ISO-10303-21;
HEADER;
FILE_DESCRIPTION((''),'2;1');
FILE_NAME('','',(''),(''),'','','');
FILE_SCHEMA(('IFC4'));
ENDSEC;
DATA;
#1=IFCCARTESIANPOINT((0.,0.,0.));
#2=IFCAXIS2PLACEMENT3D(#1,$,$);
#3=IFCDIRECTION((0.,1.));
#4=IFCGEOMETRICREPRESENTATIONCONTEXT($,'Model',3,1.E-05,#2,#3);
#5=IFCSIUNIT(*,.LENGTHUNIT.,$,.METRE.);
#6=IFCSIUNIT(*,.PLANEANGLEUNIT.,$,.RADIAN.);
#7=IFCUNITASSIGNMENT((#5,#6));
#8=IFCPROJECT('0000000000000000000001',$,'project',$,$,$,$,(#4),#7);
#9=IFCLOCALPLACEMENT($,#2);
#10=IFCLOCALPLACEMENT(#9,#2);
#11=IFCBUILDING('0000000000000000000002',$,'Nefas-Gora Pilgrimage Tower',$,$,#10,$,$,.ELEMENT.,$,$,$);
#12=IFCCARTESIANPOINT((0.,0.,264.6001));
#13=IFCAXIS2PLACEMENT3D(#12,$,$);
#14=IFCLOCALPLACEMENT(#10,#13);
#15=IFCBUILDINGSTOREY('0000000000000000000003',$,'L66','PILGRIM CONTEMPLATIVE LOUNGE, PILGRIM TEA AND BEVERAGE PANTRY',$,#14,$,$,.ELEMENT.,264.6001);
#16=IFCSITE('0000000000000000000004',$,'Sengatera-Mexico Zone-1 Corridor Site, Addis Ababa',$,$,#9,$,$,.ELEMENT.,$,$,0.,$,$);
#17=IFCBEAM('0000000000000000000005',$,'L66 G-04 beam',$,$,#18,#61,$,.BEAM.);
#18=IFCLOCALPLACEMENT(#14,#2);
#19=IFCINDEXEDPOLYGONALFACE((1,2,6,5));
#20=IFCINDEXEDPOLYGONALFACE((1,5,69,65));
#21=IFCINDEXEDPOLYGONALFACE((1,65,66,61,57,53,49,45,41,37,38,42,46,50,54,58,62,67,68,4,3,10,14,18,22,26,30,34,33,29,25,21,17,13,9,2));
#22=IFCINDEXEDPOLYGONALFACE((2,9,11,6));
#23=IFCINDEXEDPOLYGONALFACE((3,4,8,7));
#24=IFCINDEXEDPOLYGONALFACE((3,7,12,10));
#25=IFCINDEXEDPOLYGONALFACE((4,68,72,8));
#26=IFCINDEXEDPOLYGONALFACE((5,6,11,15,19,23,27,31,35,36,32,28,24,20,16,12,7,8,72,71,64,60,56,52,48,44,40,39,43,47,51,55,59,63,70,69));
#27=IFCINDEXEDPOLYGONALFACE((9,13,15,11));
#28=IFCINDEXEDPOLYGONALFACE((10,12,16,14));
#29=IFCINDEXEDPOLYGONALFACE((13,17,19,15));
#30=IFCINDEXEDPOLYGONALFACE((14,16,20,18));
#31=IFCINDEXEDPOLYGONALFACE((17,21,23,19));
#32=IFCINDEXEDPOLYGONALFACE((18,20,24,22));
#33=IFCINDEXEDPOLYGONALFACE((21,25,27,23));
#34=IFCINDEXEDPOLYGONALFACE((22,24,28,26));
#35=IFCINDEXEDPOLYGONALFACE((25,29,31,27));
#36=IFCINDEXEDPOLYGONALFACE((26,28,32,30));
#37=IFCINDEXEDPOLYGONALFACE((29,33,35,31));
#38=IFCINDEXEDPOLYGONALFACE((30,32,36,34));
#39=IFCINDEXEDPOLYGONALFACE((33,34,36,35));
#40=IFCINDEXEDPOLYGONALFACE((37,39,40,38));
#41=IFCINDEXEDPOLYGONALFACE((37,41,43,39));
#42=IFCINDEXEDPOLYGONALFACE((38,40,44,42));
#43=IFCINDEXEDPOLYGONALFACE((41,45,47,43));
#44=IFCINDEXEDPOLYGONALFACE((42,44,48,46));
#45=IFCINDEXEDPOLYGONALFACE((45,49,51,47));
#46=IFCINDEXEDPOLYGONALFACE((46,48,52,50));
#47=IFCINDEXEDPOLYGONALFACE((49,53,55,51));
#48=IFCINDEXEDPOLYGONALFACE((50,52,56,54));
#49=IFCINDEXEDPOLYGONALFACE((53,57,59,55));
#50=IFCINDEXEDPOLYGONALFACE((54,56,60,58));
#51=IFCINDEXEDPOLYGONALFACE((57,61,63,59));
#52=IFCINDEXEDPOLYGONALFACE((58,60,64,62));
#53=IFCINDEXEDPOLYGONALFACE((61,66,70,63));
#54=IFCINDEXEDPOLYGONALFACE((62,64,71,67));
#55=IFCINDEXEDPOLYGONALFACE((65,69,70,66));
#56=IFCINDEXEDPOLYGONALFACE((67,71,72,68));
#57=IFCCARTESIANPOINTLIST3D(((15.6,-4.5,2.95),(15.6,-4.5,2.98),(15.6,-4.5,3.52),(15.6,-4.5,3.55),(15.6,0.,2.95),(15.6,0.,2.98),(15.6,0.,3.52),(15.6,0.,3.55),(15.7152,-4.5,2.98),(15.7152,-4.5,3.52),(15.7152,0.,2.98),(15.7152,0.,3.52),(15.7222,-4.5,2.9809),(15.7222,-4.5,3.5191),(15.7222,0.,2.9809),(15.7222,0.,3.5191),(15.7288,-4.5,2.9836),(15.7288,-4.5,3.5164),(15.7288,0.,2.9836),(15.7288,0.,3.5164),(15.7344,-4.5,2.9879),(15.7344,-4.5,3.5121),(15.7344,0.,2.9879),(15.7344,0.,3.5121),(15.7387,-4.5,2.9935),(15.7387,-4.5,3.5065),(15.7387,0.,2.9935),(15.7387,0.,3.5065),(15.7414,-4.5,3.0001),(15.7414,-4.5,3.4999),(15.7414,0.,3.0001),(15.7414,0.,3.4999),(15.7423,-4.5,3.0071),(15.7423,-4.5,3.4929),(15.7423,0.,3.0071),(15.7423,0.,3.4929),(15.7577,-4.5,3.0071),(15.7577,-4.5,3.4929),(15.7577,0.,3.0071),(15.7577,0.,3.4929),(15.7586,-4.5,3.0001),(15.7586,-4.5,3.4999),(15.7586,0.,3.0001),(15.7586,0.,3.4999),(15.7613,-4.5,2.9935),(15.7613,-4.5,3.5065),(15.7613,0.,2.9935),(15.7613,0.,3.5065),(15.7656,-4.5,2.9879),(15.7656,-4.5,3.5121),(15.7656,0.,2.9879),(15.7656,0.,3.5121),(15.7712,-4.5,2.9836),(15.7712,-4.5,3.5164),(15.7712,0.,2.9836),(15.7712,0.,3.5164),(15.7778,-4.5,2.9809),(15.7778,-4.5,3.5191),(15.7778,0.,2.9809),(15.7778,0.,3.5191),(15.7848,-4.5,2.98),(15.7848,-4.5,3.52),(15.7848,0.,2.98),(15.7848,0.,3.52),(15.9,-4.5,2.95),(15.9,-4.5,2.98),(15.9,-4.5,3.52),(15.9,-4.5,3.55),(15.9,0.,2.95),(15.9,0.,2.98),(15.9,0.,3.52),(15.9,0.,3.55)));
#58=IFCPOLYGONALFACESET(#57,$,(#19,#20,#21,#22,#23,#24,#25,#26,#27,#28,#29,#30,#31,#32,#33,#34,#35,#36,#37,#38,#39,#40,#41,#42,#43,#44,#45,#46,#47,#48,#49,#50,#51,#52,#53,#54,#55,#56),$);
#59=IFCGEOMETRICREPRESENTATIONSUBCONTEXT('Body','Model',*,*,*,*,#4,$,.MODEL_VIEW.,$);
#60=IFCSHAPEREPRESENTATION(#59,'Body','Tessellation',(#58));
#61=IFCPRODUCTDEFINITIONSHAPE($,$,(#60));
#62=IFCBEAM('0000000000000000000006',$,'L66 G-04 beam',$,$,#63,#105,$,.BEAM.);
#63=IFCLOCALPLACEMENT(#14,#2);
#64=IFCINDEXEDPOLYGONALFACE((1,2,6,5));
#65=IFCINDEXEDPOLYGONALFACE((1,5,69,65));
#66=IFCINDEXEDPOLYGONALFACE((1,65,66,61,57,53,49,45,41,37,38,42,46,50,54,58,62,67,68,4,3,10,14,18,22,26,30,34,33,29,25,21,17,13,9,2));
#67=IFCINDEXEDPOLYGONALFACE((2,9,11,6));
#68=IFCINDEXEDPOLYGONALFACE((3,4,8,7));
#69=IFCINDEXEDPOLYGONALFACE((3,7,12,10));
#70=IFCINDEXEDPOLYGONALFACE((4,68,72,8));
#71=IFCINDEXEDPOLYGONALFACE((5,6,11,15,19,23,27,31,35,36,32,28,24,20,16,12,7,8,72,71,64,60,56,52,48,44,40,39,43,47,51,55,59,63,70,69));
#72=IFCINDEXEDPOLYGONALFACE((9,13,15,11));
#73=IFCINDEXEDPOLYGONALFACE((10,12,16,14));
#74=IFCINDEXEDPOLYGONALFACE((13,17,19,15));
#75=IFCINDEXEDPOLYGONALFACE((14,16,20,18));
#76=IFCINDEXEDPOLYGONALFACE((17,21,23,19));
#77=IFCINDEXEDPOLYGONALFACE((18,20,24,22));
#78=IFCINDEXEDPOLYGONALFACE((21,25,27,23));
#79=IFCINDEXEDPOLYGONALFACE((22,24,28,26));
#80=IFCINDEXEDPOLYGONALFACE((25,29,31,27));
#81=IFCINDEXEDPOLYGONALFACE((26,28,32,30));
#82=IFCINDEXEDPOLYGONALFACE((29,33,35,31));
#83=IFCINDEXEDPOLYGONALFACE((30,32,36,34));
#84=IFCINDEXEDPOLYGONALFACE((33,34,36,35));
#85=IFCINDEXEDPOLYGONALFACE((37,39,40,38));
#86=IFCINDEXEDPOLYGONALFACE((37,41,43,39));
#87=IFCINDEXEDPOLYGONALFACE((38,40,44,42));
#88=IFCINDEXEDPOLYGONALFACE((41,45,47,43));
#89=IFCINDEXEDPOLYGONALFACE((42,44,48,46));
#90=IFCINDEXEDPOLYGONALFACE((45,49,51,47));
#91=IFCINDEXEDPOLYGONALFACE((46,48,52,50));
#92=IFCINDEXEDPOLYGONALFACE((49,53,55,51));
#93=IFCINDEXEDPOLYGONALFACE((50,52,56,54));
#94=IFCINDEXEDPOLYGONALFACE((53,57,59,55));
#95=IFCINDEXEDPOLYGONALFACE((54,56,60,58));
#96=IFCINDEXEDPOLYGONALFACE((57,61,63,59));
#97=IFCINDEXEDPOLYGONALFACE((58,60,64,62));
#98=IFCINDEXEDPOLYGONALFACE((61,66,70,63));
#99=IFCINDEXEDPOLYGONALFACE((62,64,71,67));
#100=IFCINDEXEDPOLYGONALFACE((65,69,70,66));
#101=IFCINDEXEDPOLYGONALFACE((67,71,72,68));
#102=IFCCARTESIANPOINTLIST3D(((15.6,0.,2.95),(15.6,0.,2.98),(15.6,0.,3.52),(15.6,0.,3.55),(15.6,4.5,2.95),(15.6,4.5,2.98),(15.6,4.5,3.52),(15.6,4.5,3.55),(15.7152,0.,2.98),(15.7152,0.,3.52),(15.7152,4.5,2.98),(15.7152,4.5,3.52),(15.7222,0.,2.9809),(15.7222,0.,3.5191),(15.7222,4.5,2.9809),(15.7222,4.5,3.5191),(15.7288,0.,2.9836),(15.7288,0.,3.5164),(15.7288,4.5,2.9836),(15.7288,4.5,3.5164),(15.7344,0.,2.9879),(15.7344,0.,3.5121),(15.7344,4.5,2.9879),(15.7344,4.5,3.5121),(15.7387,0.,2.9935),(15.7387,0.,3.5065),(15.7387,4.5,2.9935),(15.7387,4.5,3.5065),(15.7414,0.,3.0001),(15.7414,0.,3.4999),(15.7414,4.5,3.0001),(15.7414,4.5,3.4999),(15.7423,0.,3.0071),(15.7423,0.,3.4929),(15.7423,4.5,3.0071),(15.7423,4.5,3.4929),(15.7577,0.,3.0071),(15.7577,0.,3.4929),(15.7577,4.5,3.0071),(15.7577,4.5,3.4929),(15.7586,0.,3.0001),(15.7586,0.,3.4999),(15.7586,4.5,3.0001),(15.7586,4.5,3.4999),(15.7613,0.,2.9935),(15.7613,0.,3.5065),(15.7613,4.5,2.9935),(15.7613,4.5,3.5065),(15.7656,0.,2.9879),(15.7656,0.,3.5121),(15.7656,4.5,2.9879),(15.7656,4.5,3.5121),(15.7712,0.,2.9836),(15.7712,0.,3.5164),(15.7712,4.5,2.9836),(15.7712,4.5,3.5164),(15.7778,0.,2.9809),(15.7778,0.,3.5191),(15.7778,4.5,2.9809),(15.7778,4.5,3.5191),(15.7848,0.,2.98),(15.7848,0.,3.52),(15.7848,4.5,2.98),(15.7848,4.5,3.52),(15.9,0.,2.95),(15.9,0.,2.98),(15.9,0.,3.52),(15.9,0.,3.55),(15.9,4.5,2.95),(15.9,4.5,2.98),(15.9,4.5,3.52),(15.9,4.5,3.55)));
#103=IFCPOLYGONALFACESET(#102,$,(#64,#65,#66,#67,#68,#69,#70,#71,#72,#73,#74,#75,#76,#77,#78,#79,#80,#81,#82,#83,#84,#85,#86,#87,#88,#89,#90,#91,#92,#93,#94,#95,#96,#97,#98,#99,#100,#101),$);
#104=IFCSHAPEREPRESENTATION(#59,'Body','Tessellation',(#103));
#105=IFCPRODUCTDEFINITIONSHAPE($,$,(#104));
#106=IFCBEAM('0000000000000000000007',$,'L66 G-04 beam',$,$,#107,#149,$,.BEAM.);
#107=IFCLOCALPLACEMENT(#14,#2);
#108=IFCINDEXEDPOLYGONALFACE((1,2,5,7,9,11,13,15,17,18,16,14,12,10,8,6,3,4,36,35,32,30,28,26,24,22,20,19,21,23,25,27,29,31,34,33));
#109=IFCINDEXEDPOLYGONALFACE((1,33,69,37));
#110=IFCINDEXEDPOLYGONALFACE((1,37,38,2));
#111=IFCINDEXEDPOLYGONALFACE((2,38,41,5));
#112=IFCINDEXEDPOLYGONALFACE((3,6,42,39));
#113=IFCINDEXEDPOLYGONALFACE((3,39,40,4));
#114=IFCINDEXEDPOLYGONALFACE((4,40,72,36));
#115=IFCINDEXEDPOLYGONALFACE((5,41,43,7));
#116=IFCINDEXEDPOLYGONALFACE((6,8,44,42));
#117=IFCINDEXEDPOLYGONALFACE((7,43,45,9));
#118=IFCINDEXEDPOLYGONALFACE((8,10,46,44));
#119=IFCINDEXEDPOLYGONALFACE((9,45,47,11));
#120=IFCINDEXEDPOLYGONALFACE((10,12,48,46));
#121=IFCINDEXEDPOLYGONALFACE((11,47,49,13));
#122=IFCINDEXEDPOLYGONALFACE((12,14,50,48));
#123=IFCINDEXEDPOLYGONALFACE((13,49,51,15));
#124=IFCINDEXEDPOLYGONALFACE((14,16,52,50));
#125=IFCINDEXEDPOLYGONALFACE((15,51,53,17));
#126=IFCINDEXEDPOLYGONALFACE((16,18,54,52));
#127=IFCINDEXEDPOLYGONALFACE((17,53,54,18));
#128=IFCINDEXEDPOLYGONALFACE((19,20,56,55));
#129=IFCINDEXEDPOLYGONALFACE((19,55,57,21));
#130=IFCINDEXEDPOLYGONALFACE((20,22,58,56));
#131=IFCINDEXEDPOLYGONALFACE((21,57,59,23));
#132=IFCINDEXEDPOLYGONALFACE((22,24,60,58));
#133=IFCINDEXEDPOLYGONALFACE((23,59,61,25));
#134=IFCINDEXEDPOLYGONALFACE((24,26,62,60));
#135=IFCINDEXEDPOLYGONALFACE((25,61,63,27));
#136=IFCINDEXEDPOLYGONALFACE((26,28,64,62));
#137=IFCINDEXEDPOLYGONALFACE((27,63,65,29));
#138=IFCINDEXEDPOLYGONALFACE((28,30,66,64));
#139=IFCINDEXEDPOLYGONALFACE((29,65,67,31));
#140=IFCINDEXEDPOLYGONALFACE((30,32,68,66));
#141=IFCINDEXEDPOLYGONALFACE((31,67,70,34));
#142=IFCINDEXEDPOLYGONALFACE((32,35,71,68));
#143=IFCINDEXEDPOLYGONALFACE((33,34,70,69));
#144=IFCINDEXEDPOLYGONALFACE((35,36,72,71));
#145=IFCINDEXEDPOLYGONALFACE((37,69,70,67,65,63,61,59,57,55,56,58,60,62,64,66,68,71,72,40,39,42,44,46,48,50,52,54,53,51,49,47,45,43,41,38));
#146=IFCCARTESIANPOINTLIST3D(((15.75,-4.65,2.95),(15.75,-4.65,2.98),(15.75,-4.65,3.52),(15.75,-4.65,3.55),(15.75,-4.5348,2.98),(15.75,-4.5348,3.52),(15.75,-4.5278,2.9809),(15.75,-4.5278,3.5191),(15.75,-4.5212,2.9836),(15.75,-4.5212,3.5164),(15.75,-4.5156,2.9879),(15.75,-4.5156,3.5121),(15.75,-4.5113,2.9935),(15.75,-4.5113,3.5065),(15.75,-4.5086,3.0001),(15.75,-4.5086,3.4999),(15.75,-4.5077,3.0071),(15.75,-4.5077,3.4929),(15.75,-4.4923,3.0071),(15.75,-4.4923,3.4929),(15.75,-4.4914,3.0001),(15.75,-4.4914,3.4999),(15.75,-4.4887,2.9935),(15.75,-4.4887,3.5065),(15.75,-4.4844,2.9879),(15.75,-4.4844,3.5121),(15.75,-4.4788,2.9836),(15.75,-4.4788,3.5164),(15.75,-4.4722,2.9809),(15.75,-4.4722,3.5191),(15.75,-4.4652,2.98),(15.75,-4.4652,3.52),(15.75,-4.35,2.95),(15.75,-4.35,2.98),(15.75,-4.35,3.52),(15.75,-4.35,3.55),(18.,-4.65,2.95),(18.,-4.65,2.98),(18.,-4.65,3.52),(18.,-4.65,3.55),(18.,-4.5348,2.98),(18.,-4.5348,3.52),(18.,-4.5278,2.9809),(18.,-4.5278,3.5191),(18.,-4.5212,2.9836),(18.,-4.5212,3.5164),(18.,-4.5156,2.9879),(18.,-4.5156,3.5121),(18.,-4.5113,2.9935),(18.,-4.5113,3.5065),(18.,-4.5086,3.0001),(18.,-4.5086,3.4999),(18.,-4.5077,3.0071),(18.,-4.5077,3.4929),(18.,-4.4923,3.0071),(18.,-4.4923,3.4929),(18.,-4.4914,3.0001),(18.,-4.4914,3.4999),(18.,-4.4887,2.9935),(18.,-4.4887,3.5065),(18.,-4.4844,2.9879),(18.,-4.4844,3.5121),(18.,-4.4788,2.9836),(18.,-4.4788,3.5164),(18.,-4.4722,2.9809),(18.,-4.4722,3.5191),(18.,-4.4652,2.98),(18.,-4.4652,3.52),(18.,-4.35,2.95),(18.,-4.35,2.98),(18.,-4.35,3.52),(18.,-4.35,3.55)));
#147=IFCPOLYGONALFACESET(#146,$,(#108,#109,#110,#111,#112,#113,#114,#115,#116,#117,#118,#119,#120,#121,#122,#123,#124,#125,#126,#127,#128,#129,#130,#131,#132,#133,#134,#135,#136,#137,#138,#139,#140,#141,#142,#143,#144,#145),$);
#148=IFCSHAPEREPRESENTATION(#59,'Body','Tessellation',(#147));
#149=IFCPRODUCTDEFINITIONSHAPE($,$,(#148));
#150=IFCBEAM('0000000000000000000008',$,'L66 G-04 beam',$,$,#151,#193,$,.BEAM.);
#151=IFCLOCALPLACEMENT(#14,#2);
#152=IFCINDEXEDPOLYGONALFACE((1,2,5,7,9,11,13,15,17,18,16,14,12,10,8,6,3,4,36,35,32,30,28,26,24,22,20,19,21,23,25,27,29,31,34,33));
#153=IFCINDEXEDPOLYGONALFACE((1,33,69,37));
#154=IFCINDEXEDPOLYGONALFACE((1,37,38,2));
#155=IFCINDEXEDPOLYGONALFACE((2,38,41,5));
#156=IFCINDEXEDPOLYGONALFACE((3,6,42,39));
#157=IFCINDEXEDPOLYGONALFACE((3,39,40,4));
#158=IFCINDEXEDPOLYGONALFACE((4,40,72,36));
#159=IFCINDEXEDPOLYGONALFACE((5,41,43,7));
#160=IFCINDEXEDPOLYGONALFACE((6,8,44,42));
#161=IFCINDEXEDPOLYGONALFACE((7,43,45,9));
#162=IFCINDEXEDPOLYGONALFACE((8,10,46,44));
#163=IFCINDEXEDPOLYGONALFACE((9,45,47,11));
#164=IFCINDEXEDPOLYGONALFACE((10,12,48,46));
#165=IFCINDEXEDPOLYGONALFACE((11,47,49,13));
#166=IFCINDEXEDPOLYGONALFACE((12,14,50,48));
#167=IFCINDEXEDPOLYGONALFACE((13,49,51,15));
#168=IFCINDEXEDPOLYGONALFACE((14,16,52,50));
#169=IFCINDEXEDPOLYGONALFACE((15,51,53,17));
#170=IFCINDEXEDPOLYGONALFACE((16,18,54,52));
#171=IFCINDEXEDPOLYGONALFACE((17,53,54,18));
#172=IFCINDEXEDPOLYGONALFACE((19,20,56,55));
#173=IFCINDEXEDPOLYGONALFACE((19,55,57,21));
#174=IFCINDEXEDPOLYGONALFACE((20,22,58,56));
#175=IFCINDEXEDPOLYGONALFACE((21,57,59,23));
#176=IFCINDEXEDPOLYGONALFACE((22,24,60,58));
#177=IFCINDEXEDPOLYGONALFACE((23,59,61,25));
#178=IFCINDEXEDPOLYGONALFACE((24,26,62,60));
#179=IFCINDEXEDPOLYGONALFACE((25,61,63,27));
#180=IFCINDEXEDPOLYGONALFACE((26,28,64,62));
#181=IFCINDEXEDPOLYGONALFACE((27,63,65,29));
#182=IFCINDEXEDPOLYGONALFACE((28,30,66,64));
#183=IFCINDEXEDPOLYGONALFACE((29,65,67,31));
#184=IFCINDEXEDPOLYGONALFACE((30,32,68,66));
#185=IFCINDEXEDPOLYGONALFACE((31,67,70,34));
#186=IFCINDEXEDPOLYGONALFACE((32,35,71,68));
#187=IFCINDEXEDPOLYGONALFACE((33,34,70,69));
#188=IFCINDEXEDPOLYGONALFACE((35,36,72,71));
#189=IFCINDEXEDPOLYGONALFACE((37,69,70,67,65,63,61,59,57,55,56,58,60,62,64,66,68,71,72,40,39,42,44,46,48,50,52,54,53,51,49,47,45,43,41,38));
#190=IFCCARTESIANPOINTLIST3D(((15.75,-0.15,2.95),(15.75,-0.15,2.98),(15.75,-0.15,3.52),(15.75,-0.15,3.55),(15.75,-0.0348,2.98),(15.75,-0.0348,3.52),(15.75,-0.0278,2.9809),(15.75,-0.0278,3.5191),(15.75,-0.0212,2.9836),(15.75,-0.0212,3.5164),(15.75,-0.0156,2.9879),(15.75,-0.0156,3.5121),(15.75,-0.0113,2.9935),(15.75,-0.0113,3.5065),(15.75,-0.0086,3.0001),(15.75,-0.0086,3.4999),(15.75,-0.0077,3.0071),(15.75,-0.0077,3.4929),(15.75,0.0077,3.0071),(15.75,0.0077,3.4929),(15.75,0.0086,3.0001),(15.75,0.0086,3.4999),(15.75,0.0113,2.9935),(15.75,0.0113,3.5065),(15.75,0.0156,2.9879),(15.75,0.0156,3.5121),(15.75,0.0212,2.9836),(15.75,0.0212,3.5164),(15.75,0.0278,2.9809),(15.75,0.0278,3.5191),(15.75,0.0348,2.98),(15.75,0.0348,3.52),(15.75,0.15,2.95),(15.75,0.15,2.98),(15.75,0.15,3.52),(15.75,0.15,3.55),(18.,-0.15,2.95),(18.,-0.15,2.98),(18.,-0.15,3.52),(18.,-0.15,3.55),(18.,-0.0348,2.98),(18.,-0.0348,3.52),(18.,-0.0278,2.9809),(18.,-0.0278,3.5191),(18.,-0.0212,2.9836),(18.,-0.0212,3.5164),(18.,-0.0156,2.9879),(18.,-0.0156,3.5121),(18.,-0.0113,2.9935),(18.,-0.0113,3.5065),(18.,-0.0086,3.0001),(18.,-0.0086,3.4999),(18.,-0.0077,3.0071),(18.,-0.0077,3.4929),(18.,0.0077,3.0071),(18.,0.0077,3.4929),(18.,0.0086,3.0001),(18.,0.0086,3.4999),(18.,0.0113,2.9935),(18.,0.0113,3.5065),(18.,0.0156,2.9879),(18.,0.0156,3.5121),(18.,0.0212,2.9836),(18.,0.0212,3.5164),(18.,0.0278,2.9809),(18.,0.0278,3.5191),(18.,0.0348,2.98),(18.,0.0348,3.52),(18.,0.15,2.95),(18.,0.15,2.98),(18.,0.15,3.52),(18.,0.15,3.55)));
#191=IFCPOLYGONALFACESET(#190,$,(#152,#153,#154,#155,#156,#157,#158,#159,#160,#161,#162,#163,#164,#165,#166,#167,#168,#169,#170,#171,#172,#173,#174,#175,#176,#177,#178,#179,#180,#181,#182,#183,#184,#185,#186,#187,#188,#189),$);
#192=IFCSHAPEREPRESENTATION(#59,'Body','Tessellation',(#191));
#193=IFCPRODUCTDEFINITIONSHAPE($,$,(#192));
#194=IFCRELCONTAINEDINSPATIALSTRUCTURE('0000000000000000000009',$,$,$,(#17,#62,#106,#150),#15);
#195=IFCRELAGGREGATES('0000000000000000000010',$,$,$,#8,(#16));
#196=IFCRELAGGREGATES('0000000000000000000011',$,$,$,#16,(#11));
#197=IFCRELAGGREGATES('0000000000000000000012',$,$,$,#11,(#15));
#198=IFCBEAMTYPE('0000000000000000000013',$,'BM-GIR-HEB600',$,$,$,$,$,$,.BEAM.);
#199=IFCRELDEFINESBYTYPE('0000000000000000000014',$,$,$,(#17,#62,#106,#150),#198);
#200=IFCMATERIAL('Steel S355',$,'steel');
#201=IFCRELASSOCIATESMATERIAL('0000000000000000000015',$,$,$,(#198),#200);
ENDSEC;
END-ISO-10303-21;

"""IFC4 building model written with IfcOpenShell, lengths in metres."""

from ifc_helpers import new_model, si_unit, direction, frame, origin, origin_2d, place, context, subcontext, project, spatial, i_section, extrude, source, transform, mapped, material, material_profile, profile_set, type_object, element, save


model = new_model("IFC4")

# Units and contexts
model_context = context("Model", 3, precision=1e-05, world=origin(), true_north=direction((0.0, 1.0)))
body_context = subcontext(model_context, "Body", "Model", "MODEL_VIEW")
ifc_project = project(units=[si_unit("LENGTHUNIT", "METRE"), si_unit("PLANEANGLEUNIT", "RADIAN")], contexts=[model_context])

# Site, building, storey
site_placement = place(None, origin())
site = spatial("IfcSite", under=ifc_project, at=site_placement, Name="Sengatera-Mexico Zone-1 Corridor Site, Addis Ababa", CompositionType="ELEMENT", RefElevation=0.0)
building_placement = place(site_placement, origin())
building = spatial("IfcBuilding", under=site, at=building_placement, Name="Nefas-Gora Pilgrimage Tower", CompositionType="ELEMENT")
storey_placement = place(building_placement, frame((0.0, 0.0, 264.6001)))
storey = spatial("IfcBuildingStorey", under=building, at=storey_placement, Name="L66", Description="PILGRIM CONTEMPLATIVE LOUNGE, PILGRIM TEA AND BEVERAGE PANTRY", CompositionType="ELEMENT", Elevation=264.6001)

# Shared definitions
ifc_material_1 = material(Name="Steel S355", Category="steel")

# Beams
ifc_material_profile_1 = material_profile(ifc_material_1, i_section(OverallWidth=0.3, OverallDepth=0.6001, WebThickness=0.0154, FlangeThickness=0.03, FilletRadius=0.0271, at=origin_2d()), Name="HEB 600")
ifc_profile_set_1 = profile_set([ifc_material_profile_1], Name="Steel S355")
beam_type_1 = type_object("IfcBeamType", Name="BM-GIR-HEB600", PredefinedType="BEAM", material=ifc_profile_set_1)
shared_shape_1 = source(origin(), body_context, "Body", "SweptSolid", [
    extrude(i_section(OverallWidth=0.3, OverallDepth=0.6001, WebThickness=0.0154, FlangeThickness=0.03, FilletRadius=0.0271, at=origin_2d()), origin(), (0.0, 0.0, 1.0), 4.5),
])
for number, where, z_axis, x_axis, name in (
    (1, (15.75, -4.5, 3.25), (0.0, 1.0, 0.0), (-1.0, 0.0, 0.0), "L66 G-04 beam"),
    (2, (15.75, 0.0, 3.25), (0.0, 1.0, 0.0), (-1.0, 0.0, 0.0), "L66 G-04 beam"),
):
    element("IfcBeam", number, at=place(storey_placement, frame(where, z_axis=z_axis, x_axis=x_axis)), inside=storey, type_object=beam_type_1, Name=name, PredefinedType="BEAM", context=body_context, shape_type="MappedRepresentation", body=[
        mapped(shared_shape_1, transform((0.0, 0.0, 0.0), x_axis=(1.0, 0.0, 0.0), y_axis=(0.0, 1.0, 0.0), z_axis=(0.0, 0.0, 1.0), scale=1.0)),
    ])
shared_shape_2 = source(origin(), body_context, "Body", "SweptSolid", [
    extrude(i_section(OverallWidth=0.3, OverallDepth=0.6001, WebThickness=0.0154, FlangeThickness=0.03, FilletRadius=0.0271, at=origin_2d()), origin(), (0.0, 0.0, 1.0), 2.25),
])
for number, where, z_axis, x_axis, name in (
    (3, (15.75, -4.5, 3.25), (1.0, 0.0, 0.0), (0.0, 1.0, 0.0), "L66 G-04 beam"),
    (4, (15.75, 0.0, 3.25), (1.0, 0.0, 0.0), (0.0, 1.0, 0.0), "L66 G-04 beam"),
):
    element("IfcBeam", number, at=place(storey_placement, frame(where, z_axis=z_axis, x_axis=x_axis)), inside=storey, type_object=beam_type_1, Name=name, PredefinedType="BEAM", context=body_context, shape_type="MappedRepresentation", body=[
        mapped(shared_shape_2, transform((0.0, 0.0, 0.0), x_axis=(1.0, 0.0, 0.0), y_axis=(0.0, 1.0, 0.0), z_axis=(0.0, 0.0, 1.0), scale=1.0)),
    ])

save(model, "model.ifc")
